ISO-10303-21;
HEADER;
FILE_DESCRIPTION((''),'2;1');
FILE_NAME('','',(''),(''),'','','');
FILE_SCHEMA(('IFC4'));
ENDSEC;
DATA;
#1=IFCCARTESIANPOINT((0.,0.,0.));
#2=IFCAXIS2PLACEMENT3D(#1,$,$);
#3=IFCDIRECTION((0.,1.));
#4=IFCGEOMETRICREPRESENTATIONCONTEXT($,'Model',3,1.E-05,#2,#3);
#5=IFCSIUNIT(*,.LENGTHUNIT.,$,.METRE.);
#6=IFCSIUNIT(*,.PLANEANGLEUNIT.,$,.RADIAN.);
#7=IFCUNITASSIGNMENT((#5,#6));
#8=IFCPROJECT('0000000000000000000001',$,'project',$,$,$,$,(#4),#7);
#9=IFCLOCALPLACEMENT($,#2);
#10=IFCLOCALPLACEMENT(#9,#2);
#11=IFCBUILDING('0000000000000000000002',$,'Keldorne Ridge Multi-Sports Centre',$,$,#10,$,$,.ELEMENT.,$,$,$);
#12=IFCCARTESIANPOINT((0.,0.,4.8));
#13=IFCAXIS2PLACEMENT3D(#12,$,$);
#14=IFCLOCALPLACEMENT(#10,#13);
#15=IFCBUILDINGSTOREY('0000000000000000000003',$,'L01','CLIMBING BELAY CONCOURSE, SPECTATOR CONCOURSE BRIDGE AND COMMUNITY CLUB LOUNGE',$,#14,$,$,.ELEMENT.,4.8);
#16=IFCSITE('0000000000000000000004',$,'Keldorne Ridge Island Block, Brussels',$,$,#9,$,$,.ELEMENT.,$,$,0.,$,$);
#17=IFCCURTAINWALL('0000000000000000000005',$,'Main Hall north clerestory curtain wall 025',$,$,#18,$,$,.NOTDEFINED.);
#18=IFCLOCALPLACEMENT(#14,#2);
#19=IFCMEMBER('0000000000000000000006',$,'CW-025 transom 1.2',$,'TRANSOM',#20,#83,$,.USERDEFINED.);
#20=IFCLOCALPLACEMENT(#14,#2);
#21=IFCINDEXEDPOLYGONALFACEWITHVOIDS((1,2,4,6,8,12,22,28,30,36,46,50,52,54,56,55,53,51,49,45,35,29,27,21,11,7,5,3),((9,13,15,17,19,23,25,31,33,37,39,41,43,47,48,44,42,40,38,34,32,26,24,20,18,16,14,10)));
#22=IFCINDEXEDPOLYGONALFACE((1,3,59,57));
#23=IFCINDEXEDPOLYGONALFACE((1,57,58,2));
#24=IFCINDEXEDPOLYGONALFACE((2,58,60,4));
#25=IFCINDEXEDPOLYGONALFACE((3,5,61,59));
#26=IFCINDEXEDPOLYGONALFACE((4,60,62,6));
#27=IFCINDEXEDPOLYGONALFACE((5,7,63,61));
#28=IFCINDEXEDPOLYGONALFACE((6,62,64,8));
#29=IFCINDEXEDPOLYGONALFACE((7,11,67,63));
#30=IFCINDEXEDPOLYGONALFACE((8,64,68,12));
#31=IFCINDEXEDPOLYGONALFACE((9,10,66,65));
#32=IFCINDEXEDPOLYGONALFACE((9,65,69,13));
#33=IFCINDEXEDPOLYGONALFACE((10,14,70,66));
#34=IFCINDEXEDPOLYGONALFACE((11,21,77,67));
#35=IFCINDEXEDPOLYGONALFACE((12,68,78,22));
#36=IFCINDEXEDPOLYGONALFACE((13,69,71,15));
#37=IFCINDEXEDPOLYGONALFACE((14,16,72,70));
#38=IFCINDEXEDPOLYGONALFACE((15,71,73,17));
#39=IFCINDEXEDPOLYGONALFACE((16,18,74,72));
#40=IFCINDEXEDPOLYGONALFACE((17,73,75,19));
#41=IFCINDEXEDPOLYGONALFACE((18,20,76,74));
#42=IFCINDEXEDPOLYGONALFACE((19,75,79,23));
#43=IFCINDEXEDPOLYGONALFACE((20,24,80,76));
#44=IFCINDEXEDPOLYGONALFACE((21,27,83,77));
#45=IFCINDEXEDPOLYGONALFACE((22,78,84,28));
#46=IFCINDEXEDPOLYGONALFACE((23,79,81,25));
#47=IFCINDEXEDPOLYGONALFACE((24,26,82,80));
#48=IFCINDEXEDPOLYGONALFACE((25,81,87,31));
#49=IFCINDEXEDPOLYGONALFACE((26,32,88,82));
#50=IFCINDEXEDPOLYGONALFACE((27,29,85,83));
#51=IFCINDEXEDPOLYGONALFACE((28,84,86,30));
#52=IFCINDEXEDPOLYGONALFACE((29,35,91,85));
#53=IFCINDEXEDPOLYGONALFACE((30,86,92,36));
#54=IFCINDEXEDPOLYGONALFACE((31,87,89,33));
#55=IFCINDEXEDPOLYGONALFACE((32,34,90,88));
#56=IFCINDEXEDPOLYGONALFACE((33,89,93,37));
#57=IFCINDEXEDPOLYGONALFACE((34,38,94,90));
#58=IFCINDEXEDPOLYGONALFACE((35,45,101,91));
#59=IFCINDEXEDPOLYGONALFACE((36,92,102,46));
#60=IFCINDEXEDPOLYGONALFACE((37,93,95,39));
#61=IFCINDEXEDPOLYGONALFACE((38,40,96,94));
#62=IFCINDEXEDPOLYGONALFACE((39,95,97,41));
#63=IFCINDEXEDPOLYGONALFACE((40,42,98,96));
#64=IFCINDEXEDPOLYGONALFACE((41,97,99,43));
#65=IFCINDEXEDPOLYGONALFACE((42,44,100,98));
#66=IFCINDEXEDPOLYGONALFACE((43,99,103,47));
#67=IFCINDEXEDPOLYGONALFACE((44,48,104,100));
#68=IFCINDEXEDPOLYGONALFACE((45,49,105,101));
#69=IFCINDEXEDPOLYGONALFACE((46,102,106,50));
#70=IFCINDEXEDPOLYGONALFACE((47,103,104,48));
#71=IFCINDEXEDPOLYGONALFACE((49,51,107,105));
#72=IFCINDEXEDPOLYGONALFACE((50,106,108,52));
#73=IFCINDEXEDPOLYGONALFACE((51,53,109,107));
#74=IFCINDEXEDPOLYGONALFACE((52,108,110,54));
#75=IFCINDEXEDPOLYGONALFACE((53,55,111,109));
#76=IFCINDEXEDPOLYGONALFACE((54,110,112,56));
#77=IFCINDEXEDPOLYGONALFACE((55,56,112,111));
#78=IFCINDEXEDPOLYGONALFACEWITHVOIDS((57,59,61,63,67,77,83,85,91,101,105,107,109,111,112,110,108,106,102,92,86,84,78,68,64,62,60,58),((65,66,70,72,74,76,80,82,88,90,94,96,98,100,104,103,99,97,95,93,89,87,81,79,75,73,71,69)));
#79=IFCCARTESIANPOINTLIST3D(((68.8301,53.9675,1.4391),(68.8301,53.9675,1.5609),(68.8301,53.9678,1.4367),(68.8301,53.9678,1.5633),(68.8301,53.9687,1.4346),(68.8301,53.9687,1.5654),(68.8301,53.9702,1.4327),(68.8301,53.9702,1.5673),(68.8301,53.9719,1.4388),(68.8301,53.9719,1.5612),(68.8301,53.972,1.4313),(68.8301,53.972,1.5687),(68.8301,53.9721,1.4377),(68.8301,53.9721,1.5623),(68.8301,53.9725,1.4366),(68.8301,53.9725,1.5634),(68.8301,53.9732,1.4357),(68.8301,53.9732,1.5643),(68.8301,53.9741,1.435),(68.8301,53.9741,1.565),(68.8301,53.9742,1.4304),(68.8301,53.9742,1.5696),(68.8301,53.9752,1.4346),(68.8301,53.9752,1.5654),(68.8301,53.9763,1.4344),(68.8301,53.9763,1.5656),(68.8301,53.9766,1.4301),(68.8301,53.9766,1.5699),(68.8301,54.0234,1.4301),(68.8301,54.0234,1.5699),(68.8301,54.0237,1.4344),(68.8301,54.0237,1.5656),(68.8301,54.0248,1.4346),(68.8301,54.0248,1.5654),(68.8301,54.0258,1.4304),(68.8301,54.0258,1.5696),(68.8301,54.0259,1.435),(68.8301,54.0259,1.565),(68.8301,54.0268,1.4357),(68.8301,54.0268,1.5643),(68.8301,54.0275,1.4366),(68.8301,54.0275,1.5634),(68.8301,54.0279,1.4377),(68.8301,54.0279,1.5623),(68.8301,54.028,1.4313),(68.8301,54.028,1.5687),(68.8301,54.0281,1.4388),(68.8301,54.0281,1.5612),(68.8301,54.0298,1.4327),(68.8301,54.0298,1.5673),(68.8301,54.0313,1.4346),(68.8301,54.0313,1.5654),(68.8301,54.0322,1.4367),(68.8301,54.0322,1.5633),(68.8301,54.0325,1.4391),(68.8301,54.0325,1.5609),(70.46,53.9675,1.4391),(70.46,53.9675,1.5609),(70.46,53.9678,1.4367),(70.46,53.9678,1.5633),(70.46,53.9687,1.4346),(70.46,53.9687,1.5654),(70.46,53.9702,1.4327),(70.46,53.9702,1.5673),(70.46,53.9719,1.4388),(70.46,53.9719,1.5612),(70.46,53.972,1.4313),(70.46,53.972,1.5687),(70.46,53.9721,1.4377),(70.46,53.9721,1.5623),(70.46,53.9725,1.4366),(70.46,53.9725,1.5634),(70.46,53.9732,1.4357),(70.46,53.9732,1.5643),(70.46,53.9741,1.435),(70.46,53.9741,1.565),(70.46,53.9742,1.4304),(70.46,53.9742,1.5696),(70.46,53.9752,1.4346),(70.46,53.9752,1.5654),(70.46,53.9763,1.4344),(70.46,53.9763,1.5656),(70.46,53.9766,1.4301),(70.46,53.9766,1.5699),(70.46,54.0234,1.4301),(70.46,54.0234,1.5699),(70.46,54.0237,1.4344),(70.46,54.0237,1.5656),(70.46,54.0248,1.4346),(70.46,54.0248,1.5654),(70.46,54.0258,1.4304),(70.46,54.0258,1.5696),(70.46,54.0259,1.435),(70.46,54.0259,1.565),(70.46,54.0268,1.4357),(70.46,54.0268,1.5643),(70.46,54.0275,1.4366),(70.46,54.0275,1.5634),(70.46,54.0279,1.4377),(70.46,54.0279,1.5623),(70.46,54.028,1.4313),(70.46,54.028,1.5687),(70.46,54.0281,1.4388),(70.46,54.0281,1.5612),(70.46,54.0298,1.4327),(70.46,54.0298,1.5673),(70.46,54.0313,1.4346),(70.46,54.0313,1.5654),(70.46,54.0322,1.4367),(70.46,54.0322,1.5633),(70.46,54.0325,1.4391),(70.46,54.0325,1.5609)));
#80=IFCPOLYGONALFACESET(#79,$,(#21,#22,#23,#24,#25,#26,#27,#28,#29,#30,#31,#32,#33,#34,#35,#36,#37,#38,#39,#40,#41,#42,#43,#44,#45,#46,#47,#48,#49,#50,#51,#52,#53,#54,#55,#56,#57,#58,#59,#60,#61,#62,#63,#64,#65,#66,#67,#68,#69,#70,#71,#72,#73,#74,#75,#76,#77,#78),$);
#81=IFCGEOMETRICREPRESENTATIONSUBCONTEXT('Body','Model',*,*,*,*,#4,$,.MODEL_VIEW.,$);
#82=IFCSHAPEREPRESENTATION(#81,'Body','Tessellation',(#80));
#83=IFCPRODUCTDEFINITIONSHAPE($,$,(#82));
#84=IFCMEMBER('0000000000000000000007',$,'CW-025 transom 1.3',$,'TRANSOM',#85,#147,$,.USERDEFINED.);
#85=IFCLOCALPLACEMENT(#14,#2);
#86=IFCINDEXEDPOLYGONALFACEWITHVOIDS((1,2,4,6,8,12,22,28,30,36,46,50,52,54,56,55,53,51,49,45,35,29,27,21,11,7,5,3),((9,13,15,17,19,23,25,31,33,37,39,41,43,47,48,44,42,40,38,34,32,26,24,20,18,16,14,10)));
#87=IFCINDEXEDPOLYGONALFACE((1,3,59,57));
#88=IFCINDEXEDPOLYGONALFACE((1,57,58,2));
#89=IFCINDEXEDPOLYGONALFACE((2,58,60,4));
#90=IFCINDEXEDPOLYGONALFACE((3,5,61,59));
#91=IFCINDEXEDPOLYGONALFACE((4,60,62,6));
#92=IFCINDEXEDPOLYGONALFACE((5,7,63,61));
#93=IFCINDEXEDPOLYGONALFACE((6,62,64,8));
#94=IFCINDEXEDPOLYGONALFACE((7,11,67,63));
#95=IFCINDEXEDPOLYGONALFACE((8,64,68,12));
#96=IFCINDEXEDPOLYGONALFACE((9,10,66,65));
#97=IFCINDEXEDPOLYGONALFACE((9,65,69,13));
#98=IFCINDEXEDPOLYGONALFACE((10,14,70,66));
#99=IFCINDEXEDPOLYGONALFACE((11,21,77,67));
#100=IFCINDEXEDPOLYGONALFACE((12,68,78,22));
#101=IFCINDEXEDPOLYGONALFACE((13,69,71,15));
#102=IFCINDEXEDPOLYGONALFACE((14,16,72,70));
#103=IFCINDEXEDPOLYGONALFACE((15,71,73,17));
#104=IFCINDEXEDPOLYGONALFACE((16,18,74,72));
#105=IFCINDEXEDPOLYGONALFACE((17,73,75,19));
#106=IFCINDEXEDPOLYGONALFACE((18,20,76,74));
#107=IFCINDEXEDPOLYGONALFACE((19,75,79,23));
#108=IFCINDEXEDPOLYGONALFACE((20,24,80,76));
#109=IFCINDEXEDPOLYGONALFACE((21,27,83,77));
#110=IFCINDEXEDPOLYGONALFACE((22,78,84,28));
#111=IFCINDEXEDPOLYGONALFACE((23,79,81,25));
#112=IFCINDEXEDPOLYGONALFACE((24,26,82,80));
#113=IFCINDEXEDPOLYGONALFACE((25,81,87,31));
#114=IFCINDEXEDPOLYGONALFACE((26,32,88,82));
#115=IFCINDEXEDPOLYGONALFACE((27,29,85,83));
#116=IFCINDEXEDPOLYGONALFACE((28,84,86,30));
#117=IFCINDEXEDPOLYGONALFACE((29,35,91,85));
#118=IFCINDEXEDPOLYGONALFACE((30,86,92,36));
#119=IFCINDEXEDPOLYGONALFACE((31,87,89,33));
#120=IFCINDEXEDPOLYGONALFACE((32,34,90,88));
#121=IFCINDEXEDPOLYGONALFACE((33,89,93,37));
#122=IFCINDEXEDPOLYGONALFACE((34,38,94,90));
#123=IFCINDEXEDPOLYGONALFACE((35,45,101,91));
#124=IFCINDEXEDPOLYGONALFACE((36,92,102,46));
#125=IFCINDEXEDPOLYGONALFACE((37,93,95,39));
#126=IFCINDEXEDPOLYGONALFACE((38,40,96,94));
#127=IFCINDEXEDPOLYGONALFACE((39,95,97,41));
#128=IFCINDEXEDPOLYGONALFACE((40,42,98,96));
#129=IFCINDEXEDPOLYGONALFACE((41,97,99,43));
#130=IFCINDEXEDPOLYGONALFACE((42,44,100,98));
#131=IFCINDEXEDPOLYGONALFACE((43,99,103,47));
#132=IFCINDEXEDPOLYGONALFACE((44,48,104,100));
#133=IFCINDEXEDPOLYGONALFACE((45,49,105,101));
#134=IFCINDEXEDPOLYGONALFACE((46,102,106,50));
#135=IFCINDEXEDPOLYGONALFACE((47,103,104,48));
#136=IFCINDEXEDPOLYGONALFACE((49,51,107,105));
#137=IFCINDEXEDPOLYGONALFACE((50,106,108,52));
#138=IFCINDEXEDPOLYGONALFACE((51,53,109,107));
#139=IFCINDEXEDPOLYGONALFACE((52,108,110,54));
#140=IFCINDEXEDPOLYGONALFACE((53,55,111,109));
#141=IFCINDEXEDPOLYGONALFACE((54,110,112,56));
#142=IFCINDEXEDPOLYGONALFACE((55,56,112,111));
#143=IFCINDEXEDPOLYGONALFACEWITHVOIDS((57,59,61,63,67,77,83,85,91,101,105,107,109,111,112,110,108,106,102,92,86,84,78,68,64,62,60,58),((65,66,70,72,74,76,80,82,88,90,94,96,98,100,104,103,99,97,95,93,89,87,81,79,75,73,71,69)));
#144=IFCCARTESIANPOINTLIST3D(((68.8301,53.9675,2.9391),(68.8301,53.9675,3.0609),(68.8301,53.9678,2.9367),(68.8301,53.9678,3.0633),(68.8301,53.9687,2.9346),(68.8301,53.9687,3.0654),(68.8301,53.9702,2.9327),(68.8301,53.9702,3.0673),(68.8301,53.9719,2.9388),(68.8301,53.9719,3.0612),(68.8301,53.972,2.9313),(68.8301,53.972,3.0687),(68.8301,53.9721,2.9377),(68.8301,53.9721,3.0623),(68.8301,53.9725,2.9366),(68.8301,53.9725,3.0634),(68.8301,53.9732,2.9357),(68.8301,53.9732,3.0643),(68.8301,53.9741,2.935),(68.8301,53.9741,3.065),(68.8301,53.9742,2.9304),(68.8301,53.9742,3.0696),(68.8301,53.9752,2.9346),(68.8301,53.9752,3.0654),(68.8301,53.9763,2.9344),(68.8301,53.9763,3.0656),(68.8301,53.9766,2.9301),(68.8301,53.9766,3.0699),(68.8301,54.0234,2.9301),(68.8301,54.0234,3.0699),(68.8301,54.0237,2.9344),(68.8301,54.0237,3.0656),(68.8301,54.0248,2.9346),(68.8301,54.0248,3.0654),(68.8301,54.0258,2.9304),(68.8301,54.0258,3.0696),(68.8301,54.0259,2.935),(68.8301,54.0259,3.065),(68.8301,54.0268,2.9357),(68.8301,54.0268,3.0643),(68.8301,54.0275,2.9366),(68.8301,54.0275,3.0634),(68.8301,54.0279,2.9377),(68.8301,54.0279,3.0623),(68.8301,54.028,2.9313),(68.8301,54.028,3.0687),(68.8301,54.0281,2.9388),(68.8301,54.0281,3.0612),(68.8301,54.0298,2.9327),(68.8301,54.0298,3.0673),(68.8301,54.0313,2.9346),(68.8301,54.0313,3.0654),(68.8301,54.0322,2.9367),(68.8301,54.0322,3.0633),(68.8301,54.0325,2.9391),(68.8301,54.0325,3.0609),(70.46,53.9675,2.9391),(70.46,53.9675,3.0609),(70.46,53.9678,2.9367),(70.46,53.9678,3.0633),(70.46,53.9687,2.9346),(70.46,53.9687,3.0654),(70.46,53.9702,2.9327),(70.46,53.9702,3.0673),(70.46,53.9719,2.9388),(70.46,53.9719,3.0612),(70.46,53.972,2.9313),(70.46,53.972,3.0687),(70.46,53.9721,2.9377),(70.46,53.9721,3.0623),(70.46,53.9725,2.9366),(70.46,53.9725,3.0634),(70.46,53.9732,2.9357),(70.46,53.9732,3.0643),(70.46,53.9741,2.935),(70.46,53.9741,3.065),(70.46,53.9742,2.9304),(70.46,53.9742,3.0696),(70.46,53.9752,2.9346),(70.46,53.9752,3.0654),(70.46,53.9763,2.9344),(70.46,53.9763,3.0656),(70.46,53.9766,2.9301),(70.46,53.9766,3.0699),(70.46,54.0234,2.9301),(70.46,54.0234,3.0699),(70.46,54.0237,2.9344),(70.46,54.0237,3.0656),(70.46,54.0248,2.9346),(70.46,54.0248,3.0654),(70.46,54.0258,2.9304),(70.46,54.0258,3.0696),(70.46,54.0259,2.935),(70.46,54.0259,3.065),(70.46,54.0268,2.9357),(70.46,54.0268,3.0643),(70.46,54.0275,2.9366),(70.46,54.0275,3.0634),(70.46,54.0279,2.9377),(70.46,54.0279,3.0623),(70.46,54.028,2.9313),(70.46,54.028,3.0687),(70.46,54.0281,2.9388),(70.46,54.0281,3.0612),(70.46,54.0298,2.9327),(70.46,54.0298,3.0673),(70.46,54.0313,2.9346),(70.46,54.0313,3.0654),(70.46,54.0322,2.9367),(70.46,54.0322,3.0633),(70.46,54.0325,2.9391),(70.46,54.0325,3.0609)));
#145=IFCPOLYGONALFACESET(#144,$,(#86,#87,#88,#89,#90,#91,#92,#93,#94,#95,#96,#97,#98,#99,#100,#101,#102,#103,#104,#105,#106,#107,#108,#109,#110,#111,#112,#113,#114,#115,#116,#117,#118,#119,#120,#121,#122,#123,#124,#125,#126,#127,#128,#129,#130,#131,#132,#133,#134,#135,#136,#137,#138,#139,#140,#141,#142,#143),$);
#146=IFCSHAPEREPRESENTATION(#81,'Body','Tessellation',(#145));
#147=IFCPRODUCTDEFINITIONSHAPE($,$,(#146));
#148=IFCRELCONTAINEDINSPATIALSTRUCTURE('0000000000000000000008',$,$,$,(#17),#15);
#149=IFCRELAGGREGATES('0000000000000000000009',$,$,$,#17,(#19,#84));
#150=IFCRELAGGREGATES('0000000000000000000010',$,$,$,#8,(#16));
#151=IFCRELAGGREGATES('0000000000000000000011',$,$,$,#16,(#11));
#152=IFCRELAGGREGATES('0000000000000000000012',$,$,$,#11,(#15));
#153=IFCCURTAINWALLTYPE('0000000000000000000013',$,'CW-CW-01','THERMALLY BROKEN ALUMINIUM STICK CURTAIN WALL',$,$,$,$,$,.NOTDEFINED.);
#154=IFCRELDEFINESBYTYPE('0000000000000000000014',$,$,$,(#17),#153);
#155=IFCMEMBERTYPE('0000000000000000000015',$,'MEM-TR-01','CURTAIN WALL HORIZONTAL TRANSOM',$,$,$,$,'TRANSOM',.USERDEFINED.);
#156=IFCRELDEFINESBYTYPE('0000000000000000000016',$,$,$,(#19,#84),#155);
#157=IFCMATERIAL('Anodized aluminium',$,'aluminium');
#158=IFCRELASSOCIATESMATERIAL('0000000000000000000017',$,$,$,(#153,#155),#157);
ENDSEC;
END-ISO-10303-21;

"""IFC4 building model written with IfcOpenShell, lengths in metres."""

from ifc_helpers import new_model, si_unit, direction, frame, origin, origin_2d, place, context, subcontext, project, spatial, hollow_rectangle, extrude, material, material_profile, profile_set, type_object, element, aggregate, save


model = new_model("IFC4")

# Units and contexts
model_context = context("Model", 3, precision=1e-05, world=origin(), true_north=direction((0.0, 1.0)))
body_context = subcontext(model_context, "Body", "Model", "MODEL_VIEW")
ifc_project = project(units=[si_unit("LENGTHUNIT", "METRE"), si_unit("PLANEANGLEUNIT", "RADIAN")], contexts=[model_context])

# Site, building, storey
site_placement = place(None, origin())
site = spatial("IfcSite", under=ifc_project, at=site_placement, Name="Keldorne Ridge Island Block, Brussels", CompositionType="ELEMENT", RefElevation=0.0)
building_placement = place(site_placement, origin())
building = spatial("IfcBuilding", under=site, at=building_placement, Name="Keldorne Ridge Multi-Sports Centre", CompositionType="ELEMENT")
storey_placement = place(building_placement, frame((0.0, 0.0, 4.8)))
storey = spatial("IfcBuildingStorey", under=building, at=storey_placement, Name="L01", Description="CLIMBING BELAY CONCOURSE, SPECTATOR CONCOURSE BRIDGE AND COMMUNITY CLUB LOUNGE", CompositionType="ELEMENT", Elevation=4.8)

# Curtain wall
ifc_material_1 = material(Name="Anodized aluminium", Category="aluminium")
curtain_wall_type_1 = type_object("IfcCurtainWallType", Name="CW-CW-01", Description="THERMALLY BROKEN ALUMINIUM STICK CURTAIN WALL", PredefinedType="NOTDEFINED", material=ifc_material_1)
curtain_wall_1_placement = place(storey_placement, origin())
curtain_wall_1 = element("IfcCurtainWall", 1, at=curtain_wall_1_placement, inside=storey, type_object=curtain_wall_type_1, Name="Main Hall north clerestory curtain wall 025", PredefinedType="NOTDEFINED")

# Members
ifc_material_profile_1 = material_profile(ifc_material_1, hollow_rectangle(XDim=0.0649, YDim=0.1399, WallThickness=0.0044, InnerFilletRadius=0.0044, OuterFilletRadius=0.009, at=origin_2d()), Name="ALU TRANSOM 140x65x4.5")
ifc_profile_set_1 = profile_set([ifc_material_profile_1], Name="Anodized aluminium")
member_type_1 = type_object("IfcMemberType", Name="MEM-TR-01", Description="CURTAIN WALL HORIZONTAL TRANSOM", ElementType="TRANSOM", PredefinedType="USERDEFINED", material=ifc_profile_set_1)
member_1_placement = place(storey_placement, frame((70.46, 54.0, 1.5), z_axis=(-1.0, 0.0, 0.0), x_axis=(0.0, -1.0, 0.0)))
member_1 = element("IfcMember", 2, at=member_1_placement, type_object=member_type_1, Name="CW-025 transom 1.2", ObjectType="TRANSOM", PredefinedType="USERDEFINED", context=body_context, shape_type="SweptSolid", body=[
    extrude(hollow_rectangle(XDim=0.0649, YDim=0.1399, WallThickness=0.0044, InnerFilletRadius=0.0044, OuterFilletRadius=0.009, at=origin_2d()), origin(), (0.0, 0.0, 1.0), 1.6299),
])
member_2_placement = place(storey_placement, frame((70.46, 54.0, 3.0), z_axis=(-1.0, 0.0, 0.0), x_axis=(0.0, -1.0, 0.0)))
member_2 = element("IfcMember", 3, at=member_2_placement, type_object=member_type_1, Name="CW-025 transom 1.3", ObjectType="TRANSOM", PredefinedType="USERDEFINED", context=body_context, shape_type="SweptSolid", body=[
    extrude(hollow_rectangle(XDim=0.0649, YDim=0.1399, WallThickness=0.0044, InnerFilletRadius=0.0044, OuterFilletRadius=0.009, at=origin_2d()), origin(), (0.0, 0.0, 1.0), 1.6299),
])

aggregate(curtain_wall_1, [member_1, member_2])

save(model, "model.ifc")
